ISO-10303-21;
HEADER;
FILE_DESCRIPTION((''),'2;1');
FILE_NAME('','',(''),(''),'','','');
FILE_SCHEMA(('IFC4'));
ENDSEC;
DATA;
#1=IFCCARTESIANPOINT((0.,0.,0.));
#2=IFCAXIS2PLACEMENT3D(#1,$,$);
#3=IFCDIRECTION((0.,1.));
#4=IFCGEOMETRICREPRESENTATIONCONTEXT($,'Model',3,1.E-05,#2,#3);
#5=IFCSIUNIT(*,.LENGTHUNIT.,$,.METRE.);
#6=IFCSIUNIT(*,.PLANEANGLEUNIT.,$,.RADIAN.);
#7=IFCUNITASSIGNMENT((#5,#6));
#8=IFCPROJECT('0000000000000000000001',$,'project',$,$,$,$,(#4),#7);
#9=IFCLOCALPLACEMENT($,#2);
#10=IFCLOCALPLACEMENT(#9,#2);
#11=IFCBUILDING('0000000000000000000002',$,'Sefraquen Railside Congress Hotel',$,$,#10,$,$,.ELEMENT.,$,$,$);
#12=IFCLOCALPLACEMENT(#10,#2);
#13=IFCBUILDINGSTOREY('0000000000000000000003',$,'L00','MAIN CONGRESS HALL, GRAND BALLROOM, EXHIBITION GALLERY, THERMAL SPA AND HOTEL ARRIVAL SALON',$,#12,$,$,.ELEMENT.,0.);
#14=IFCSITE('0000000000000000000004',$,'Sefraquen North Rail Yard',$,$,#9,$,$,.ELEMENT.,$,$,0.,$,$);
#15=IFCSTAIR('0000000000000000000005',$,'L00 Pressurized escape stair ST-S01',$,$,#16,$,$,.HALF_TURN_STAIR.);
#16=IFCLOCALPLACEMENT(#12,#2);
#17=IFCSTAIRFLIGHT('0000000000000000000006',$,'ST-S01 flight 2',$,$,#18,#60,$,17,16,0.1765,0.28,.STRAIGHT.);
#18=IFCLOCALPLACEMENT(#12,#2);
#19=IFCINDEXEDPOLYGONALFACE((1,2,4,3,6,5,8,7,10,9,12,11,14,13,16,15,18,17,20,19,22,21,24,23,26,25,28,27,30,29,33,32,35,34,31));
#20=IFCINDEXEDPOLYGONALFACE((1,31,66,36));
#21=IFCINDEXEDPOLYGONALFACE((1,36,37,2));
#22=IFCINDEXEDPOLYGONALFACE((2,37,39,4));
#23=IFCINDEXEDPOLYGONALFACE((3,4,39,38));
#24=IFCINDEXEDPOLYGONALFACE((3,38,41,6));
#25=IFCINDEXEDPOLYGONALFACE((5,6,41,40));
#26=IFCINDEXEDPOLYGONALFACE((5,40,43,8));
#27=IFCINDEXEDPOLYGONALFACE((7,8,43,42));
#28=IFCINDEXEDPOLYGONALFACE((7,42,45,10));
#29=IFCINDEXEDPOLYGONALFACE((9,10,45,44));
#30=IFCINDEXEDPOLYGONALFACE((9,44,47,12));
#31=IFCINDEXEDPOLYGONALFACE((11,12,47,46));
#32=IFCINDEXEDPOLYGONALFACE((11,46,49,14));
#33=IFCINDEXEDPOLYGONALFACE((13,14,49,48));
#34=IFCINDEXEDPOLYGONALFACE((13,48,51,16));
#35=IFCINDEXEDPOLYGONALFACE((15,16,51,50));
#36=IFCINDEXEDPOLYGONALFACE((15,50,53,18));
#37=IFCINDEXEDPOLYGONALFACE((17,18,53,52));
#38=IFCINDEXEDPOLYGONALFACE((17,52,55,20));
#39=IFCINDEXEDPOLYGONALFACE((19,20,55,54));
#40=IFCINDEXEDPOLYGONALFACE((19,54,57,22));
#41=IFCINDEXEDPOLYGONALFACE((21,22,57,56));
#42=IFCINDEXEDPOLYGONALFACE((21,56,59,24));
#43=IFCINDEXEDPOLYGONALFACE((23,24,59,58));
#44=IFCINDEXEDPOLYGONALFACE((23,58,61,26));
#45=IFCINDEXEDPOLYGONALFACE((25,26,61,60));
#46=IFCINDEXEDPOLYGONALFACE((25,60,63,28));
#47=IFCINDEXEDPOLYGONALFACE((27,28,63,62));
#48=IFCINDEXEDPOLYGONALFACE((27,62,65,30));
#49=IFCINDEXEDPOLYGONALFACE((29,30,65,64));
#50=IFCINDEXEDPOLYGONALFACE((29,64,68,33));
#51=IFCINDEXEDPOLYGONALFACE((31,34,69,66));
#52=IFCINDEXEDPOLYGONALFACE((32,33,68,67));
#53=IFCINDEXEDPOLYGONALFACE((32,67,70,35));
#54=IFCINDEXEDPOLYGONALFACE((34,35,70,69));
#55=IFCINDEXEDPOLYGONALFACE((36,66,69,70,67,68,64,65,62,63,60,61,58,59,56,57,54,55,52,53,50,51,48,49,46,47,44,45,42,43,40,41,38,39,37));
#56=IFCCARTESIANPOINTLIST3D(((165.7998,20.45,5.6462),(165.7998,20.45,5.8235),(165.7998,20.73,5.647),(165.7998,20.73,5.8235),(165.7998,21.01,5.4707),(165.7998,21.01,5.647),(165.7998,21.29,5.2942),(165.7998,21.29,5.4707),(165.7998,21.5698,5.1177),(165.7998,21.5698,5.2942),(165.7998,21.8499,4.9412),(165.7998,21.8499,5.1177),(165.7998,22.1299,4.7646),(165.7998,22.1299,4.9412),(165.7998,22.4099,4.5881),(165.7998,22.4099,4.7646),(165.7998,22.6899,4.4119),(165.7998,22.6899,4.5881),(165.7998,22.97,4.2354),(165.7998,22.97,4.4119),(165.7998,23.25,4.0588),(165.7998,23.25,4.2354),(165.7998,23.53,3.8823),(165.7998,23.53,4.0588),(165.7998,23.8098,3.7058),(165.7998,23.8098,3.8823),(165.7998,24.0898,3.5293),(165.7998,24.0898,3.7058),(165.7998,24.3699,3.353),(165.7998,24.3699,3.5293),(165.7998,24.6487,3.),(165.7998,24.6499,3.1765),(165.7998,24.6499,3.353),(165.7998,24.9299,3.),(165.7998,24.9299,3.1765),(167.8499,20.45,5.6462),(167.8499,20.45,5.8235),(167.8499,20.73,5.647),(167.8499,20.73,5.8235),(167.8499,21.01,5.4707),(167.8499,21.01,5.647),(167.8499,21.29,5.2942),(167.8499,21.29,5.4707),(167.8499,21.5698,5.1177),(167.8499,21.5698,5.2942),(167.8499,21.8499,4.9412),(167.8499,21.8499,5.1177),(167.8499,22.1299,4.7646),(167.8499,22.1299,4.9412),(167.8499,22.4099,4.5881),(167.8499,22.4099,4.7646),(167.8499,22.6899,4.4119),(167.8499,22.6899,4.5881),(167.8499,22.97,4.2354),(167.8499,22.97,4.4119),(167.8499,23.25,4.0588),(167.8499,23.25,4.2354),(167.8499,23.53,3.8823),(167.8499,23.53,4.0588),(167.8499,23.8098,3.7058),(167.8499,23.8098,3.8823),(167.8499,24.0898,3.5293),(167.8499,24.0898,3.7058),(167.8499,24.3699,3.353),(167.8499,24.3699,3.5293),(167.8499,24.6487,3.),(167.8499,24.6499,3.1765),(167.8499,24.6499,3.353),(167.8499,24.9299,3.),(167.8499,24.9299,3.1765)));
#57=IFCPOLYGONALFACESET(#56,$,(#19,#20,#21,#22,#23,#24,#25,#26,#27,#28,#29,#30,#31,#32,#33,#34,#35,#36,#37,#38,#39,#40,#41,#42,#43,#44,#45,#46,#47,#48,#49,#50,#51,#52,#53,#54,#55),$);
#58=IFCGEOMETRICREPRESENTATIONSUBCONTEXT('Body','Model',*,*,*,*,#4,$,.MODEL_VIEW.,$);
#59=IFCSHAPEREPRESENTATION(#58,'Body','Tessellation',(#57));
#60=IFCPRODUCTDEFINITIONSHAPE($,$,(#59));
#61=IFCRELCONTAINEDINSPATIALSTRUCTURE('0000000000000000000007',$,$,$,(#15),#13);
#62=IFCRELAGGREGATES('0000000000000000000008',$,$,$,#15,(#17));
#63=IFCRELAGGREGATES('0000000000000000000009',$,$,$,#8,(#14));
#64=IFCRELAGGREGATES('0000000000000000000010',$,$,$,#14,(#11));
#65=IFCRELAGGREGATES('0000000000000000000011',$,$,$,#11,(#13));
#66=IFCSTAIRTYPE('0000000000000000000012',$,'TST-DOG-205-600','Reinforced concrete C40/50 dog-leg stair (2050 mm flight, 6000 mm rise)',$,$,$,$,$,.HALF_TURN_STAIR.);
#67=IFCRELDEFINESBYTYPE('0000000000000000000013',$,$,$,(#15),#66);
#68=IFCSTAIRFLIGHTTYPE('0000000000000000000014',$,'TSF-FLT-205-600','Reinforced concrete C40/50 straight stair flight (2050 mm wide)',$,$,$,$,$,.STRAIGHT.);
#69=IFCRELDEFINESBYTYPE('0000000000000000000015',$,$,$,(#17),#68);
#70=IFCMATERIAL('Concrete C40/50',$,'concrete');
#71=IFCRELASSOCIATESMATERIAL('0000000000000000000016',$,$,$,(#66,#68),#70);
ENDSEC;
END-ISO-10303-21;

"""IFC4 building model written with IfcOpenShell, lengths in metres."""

from ifc_helpers import new_model, si_unit, direction, frame, origin, place, context, subcontext, project, spatial, polyline, outline, extrude, material, type_object, element, aggregate, save


model = new_model("IFC4")

# Units and contexts
model_context = context("Model", 3, precision=1e-05, world=origin(), true_north=direction((0.0, 1.0)))
body_context = subcontext(model_context, "Body", "Model", "MODEL_VIEW")
ifc_project = project(units=[si_unit("LENGTHUNIT", "METRE"), si_unit("PLANEANGLEUNIT", "RADIAN")], contexts=[model_context])

# Site, building, storey
site_placement = place(None, origin())
site = spatial("IfcSite", under=ifc_project, at=site_placement, Name="Sefraquen North Rail Yard", CompositionType="ELEMENT", RefElevation=0.0)
building_placement = place(site_placement, origin())
building = spatial("IfcBuilding", under=site, at=building_placement, Name="Sefraquen Railside Congress Hotel", CompositionType="ELEMENT")
storey_placement = place(building_placement, origin())
storey = spatial("IfcBuildingStorey", under=building, at=storey_placement, Name="L00", Description="MAIN CONGRESS HALL, GRAND BALLROOM, EXHIBITION GALLERY, THERMAL SPA AND HOTEL ARRIVAL SALON", CompositionType="ELEMENT", Elevation=0.0)

# Shared definitions
ifc_material_1 = material(Name="Concrete C40/50", Category="concrete")

# Stair, stair flight
stair_type = type_object("IfcStairType", Name="TST-DOG-205-600", Description="Reinforced concrete C40/50 dog-leg stair (2050 mm flight, 6000 mm rise)", PredefinedType="HALF_TURN_STAIR", material=ifc_material_1)
stair_placement = place(storey_placement, origin())
stair = element("IfcStair", 1, at=stair_placement, inside=storey, type_object=stair_type, Name="L00 Pressurized escape stair ST-S01", PredefinedType="HALF_TURN_STAIR")
stair_flight_type = type_object("IfcStairFlightType", Name="TSF-FLT-205-600", Description="Reinforced concrete C40/50 straight stair flight (2050 mm wide)", PredefinedType="STRAIGHT", material=ifc_material_1)
stair_flight_1_placement = place(storey_placement, frame((166.825, 24.9299, 3.0), z_axis=(0.0, 0.0, 1.0), x_axis=(0.0, -1.0, 0.0)))
stair_flight_1 = element("IfcStairFlight", 2, at=stair_flight_1_placement, type_object=stair_flight_type, Name="ST-S01 flight 2", NumberOfRisers=17, NumberOfTreads=16, PredefinedType="STRAIGHT", RiserHeight=0.1765, TreadLength=0.28, context=body_context, shape_type="SweptSolid", body=[
    extrude(outline(polyline([(0.0, 0.0), (0.0, 0.1765), (0.28, 0.1765), (0.28, 0.353), (0.5601, 0.353), (0.5601, 0.5293), (0.8401, 0.5293), (0.8401, 0.7058), (1.1201, 0.7058), (1.1201, 0.8823), (1.3999, 0.8823), (1.3999, 1.0588), (1.6799, 1.0588), (1.6799, 1.2354), (1.96, 1.2354), (1.96, 1.4119), (2.24, 1.4119), (2.24, 1.5881), (2.52, 1.5881), (2.52, 1.7646), (2.8, 1.7646), (2.8, 1.9412), (3.0801, 1.9412), (3.0801, 2.1177), (3.3601, 2.1177), (3.3601, 2.2942), (3.6399, 2.2942), (3.6399, 2.4707), (3.9199, 2.4707), (3.9199, 2.647), (4.2, 2.647), (4.2, 2.8235), (4.48, 2.8235), (4.48, 3.0), (4.48, 2.6462), (0.2812, 0.0), (0.0, 0.0)])), frame((0.0, 1.0249, 0.0), z_axis=(0.0, -1.0, 0.0), x_axis=(1.0, 0.0, 0.0)), (0.0, 0.0, 1.0), 2.05),
])
aggregate(stair, [stair_flight_1])

save(model, "model.ifc")
